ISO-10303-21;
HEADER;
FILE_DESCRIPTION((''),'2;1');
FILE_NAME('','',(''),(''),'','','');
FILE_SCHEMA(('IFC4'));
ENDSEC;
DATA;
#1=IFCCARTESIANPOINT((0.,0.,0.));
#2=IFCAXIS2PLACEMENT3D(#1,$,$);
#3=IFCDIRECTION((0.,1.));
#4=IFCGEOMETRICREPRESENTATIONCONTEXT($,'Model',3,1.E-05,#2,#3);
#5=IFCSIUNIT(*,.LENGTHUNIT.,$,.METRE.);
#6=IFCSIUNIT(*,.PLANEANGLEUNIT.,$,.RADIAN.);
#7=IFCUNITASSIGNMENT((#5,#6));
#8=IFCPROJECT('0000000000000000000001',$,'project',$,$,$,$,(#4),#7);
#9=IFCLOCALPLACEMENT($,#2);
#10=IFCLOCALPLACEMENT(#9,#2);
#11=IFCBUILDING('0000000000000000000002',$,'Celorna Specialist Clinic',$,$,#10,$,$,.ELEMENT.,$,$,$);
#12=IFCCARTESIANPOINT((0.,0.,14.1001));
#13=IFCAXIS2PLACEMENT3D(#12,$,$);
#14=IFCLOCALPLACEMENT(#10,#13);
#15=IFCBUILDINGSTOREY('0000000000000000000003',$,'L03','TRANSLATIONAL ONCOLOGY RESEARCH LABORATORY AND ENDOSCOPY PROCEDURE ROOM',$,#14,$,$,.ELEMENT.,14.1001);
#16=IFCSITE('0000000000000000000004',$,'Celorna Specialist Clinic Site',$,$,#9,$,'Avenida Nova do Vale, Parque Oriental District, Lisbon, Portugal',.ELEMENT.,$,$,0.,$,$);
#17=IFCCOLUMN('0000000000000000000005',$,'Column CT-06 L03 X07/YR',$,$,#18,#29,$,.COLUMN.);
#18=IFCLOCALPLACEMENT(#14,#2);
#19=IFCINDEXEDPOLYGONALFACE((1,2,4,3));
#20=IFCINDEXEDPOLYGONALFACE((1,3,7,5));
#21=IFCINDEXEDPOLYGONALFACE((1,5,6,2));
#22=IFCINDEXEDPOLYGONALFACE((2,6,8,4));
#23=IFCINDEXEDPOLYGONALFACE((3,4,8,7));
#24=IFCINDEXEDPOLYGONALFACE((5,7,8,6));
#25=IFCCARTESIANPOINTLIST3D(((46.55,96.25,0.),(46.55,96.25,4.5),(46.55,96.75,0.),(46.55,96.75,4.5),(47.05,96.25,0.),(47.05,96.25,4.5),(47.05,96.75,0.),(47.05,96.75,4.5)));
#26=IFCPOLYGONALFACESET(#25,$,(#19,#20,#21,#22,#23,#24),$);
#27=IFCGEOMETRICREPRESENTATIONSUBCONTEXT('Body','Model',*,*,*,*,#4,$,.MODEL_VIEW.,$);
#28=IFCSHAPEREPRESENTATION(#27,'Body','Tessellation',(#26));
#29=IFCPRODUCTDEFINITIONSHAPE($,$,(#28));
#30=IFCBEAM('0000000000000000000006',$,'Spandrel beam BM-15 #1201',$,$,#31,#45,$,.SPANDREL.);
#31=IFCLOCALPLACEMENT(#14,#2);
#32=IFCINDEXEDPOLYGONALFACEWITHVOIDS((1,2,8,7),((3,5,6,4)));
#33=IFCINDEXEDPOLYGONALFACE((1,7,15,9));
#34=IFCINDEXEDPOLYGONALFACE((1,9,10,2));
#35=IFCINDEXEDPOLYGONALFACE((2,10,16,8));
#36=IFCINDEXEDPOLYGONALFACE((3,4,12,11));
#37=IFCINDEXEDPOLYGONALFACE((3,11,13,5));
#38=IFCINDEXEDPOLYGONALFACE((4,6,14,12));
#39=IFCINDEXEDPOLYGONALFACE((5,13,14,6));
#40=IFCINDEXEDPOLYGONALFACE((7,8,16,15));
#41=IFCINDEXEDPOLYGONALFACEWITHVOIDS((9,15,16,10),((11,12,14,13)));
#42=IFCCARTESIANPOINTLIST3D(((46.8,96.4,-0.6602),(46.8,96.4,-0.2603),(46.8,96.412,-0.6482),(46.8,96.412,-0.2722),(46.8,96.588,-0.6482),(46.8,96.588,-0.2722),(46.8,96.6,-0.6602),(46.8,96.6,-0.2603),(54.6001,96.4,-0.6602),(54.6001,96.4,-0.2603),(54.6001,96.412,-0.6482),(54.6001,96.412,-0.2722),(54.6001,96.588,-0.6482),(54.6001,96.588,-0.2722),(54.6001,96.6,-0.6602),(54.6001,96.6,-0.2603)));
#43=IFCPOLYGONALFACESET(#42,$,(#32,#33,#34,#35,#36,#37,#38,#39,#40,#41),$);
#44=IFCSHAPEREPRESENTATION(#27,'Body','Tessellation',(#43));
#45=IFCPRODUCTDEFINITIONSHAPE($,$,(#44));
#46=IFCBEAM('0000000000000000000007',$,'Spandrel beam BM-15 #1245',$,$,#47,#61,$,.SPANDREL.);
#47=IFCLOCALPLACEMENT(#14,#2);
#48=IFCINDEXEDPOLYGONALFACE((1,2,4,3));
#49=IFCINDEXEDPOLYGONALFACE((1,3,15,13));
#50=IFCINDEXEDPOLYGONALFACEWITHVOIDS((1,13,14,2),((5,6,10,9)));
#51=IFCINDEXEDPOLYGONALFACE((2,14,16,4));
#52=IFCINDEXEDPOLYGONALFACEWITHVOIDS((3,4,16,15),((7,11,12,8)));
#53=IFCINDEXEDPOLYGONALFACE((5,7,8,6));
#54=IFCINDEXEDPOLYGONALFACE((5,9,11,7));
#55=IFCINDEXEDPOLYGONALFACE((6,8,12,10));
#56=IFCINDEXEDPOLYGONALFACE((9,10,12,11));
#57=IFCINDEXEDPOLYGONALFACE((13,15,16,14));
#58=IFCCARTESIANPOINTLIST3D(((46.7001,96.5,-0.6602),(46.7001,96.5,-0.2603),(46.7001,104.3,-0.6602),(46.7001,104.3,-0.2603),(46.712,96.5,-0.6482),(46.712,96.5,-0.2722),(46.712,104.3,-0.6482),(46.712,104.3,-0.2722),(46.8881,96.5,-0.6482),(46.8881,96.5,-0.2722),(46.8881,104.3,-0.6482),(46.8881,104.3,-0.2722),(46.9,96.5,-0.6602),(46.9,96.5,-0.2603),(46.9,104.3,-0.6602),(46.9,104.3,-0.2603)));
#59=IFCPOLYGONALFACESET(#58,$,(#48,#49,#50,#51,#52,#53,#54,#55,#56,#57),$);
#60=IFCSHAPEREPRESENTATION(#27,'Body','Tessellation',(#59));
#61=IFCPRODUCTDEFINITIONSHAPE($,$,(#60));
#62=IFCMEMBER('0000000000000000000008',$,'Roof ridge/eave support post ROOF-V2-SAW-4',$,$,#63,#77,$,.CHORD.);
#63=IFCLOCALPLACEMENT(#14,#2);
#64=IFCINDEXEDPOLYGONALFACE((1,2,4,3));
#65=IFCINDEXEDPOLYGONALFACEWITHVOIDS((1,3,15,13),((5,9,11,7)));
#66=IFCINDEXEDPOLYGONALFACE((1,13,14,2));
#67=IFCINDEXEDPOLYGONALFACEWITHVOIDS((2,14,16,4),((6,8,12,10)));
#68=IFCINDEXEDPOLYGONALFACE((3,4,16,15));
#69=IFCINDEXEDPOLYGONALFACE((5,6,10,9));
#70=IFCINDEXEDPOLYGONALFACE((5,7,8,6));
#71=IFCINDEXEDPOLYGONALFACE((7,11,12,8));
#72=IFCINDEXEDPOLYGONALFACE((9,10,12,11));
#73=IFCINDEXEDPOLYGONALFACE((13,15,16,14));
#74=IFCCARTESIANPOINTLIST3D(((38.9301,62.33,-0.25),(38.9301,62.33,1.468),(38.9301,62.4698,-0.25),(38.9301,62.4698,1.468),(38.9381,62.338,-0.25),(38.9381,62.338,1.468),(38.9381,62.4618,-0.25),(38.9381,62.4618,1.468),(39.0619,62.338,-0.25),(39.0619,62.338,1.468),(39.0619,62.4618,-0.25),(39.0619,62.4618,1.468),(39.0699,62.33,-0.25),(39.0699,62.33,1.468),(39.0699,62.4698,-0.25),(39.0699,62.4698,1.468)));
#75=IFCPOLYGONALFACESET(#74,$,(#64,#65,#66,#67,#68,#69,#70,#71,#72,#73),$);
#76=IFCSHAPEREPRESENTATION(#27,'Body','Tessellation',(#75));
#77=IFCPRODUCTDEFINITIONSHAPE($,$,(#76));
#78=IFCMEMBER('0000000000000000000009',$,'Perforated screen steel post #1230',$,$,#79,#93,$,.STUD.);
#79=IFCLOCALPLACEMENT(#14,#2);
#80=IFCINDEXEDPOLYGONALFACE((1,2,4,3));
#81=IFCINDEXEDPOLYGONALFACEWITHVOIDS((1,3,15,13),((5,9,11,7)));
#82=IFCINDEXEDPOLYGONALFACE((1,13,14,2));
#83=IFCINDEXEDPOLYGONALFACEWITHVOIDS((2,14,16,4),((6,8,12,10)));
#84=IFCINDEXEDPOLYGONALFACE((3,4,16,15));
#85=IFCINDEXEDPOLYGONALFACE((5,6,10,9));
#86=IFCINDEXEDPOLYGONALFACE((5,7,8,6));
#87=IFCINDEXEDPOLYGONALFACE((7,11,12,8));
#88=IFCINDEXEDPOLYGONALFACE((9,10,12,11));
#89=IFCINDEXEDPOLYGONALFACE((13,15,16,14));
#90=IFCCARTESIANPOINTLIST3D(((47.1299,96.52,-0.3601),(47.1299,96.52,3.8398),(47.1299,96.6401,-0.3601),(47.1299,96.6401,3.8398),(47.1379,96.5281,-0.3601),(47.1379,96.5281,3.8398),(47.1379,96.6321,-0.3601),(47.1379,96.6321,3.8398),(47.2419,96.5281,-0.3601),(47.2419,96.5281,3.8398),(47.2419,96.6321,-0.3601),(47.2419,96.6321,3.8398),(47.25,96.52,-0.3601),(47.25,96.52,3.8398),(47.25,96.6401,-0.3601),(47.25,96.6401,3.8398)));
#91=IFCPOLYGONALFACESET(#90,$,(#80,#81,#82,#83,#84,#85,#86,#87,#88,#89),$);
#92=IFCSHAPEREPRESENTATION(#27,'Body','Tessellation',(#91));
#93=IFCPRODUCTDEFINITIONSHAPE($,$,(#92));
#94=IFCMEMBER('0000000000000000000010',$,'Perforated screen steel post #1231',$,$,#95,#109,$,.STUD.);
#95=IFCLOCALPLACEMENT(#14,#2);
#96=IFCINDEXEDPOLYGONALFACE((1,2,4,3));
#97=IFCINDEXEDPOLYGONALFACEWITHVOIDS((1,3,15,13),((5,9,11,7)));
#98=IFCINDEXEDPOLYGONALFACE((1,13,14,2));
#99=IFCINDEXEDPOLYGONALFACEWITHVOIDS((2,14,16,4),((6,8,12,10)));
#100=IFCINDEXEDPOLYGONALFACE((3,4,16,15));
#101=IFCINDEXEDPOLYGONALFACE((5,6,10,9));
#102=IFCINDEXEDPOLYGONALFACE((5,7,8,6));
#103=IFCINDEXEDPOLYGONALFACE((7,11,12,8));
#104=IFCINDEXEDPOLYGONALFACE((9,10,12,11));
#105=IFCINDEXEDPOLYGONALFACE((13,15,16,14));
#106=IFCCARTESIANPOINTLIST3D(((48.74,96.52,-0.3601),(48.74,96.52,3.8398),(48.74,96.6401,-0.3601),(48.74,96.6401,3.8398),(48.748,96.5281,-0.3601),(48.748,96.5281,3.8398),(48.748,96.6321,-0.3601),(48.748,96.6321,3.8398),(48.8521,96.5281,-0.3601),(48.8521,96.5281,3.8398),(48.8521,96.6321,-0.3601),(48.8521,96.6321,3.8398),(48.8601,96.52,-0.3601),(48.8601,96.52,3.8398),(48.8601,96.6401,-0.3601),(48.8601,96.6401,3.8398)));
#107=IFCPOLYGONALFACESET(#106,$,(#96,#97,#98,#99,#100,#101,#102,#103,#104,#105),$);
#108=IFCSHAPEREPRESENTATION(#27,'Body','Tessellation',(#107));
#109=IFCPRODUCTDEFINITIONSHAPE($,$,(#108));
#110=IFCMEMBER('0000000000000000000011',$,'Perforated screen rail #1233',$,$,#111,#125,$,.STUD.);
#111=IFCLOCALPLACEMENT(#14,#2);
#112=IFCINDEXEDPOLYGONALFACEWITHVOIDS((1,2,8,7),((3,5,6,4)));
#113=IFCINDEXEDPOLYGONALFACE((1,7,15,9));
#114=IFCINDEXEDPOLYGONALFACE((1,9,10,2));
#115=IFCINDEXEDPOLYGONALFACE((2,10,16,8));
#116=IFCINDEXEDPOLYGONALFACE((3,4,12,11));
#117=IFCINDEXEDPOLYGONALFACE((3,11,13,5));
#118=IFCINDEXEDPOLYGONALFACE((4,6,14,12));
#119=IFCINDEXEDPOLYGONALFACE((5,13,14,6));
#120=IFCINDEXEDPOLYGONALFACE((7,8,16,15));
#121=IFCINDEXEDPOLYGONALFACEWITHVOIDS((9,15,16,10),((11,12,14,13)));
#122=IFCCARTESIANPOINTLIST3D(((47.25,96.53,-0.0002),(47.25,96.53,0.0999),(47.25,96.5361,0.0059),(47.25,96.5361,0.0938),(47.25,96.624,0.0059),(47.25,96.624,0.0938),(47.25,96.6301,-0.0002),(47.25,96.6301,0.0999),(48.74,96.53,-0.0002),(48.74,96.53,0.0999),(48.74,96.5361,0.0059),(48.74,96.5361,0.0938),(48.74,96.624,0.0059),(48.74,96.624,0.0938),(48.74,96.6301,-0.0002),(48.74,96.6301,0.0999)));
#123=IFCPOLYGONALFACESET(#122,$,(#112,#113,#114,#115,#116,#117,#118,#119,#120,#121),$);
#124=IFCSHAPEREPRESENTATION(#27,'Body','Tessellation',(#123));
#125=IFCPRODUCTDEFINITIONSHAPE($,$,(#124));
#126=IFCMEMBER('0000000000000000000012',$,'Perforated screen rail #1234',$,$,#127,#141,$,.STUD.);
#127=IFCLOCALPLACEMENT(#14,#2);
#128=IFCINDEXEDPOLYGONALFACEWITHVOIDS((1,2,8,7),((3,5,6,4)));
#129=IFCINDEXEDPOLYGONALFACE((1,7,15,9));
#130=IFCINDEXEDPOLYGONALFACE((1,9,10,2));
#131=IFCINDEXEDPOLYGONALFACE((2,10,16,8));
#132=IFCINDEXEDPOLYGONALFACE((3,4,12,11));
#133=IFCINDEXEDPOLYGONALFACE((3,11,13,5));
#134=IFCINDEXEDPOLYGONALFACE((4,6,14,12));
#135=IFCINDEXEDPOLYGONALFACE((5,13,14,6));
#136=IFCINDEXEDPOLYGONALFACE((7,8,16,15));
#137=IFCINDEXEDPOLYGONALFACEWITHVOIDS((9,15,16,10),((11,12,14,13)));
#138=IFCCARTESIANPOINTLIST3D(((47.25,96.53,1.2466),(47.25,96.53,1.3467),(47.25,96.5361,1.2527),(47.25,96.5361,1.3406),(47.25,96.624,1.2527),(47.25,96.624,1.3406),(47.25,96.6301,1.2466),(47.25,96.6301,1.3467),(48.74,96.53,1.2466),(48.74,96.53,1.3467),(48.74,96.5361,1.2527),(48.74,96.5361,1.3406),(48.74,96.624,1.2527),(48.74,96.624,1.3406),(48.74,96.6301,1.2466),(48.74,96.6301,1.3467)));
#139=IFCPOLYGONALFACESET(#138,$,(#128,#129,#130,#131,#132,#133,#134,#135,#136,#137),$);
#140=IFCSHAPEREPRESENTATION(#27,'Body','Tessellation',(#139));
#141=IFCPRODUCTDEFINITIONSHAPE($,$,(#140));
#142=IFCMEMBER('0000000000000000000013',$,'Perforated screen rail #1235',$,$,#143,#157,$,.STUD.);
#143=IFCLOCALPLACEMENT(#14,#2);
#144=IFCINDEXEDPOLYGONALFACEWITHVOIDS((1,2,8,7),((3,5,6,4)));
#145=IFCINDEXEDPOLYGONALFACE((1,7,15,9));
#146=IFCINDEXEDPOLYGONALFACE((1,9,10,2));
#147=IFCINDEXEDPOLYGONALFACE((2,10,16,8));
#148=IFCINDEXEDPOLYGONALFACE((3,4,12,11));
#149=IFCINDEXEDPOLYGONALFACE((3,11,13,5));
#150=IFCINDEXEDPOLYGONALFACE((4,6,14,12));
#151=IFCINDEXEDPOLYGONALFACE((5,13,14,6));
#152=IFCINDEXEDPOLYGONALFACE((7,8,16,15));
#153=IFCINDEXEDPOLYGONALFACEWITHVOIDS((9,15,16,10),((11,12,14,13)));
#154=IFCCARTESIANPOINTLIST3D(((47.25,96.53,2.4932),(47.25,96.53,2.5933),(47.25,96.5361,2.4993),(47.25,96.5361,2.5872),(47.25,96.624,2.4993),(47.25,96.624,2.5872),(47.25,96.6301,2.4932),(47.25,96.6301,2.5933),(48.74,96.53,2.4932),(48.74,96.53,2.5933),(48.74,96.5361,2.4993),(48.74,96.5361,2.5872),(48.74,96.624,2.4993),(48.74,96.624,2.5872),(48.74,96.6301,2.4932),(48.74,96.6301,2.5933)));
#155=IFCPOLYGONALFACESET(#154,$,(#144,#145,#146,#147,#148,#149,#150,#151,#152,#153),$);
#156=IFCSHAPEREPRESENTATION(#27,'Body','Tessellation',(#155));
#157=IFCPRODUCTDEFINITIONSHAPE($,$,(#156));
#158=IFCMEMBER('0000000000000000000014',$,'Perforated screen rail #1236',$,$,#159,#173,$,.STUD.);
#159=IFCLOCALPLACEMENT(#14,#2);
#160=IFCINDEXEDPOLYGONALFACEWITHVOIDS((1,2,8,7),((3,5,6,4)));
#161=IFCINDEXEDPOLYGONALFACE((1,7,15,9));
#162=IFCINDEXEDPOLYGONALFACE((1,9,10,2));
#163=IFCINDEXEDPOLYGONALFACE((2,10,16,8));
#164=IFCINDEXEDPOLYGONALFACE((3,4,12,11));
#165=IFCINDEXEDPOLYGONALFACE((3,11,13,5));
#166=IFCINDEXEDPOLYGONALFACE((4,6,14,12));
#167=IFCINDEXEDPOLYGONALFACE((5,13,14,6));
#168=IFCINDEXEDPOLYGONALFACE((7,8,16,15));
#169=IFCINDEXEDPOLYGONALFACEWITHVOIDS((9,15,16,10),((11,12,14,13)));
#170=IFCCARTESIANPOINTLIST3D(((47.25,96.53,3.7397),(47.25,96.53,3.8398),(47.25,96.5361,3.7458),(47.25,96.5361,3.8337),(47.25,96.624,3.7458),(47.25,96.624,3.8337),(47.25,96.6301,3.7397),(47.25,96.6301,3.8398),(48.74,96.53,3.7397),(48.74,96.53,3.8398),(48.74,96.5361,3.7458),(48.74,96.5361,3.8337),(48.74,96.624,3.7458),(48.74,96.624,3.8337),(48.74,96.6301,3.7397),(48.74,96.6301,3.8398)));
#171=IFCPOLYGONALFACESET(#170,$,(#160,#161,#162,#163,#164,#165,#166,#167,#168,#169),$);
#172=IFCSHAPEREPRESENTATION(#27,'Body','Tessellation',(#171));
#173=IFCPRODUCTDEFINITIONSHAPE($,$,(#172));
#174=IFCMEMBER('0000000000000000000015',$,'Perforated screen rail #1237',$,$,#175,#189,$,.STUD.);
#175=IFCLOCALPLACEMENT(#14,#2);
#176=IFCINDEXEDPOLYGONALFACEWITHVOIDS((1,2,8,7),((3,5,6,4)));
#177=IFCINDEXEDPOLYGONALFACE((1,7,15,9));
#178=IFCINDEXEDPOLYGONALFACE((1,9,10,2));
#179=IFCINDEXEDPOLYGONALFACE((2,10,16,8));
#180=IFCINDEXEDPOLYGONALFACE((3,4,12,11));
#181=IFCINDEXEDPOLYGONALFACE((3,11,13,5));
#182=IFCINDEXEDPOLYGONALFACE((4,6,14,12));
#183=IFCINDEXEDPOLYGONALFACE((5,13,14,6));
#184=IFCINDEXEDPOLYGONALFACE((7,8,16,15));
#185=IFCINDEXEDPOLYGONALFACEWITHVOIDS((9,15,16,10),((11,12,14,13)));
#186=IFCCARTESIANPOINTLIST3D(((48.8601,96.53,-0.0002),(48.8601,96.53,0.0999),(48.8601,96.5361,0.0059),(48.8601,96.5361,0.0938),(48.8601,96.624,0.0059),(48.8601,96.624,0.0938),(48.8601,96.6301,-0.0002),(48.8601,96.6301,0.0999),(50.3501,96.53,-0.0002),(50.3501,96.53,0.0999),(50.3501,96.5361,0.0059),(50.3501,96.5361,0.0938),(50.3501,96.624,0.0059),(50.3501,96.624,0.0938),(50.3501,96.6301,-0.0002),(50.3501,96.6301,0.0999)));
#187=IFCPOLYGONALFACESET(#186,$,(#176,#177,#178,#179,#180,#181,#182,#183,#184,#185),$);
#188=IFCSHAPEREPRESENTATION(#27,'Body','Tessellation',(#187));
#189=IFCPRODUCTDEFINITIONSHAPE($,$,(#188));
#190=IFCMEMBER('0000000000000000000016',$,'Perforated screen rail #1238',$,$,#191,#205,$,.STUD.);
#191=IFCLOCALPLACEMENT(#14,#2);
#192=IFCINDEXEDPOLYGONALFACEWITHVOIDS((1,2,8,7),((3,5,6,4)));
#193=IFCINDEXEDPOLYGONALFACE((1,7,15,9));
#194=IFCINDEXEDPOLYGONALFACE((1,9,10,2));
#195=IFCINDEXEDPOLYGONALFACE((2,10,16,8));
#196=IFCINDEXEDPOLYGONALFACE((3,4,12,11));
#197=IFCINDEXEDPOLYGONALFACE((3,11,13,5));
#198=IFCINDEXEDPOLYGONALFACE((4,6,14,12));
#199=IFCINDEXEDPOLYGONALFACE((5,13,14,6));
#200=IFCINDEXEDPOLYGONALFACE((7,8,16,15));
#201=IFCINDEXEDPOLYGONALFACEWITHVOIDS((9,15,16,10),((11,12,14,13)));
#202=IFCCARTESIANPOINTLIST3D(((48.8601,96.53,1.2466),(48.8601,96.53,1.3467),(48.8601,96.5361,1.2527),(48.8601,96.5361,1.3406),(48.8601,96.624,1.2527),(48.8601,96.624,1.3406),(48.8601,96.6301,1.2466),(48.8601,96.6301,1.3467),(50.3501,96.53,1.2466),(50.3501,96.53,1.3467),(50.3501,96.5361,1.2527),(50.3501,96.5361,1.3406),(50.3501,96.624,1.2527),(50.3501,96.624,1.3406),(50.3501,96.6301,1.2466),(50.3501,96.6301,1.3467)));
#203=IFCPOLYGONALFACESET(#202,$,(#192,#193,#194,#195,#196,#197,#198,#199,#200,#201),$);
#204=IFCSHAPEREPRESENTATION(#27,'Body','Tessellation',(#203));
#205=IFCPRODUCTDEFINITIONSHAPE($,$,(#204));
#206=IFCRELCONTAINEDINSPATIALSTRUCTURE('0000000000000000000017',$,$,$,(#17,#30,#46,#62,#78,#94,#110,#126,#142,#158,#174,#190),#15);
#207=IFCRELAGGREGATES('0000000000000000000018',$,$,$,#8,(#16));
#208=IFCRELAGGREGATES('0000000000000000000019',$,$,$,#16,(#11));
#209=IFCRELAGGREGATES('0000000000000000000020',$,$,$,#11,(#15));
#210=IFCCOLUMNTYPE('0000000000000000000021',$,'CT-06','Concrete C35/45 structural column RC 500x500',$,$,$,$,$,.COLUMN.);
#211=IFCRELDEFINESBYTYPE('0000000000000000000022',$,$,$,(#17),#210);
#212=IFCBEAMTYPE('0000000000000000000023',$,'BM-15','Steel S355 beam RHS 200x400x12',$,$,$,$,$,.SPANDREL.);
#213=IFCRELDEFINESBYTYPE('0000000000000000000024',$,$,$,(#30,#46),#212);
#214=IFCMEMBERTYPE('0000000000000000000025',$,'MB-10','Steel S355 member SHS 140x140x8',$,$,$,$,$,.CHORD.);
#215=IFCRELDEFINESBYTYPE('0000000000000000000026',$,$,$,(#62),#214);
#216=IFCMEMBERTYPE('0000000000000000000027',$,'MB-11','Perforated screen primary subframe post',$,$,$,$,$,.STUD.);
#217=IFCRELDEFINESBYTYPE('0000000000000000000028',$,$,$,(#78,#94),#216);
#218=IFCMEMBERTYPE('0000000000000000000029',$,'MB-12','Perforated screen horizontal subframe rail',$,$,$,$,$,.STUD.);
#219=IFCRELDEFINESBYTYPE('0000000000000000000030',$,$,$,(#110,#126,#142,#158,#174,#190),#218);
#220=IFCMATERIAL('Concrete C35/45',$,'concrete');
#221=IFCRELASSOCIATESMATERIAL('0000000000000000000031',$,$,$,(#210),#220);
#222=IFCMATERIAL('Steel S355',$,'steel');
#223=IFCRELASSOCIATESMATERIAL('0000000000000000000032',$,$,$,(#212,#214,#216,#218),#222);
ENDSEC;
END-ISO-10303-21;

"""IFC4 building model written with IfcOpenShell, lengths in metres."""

from ifc_helpers import new_model, si_unit, direction, frame, origin, origin_2d, place, context, subcontext, project, spatial, rectangle, hollow_rectangle, extrude, material, material_profile, profile_set, type_object, element, save


model = new_model("IFC4")

# Units and contexts
model_context = context("Model", 3, precision=1e-05, world=origin(), true_north=direction((0.0, 1.0)))
body_context = subcontext(model_context, "Body", "Model", "MODEL_VIEW")
ifc_project = project(units=[si_unit("LENGTHUNIT", "METRE"), si_unit("PLANEANGLEUNIT", "RADIAN")], contexts=[model_context])

# Site, building, storey
site_placement = place(None, origin())
site = spatial("IfcSite", under=ifc_project, at=site_placement, Name="Celorna Specialist Clinic Site", LongName="Avenida Nova do Vale, Parque Oriental District, Lisbon, Portugal", CompositionType="ELEMENT", RefElevation=0.0)
building_placement = place(site_placement, origin())
building = spatial("IfcBuilding", under=site, at=building_placement, Name="Celorna Specialist Clinic", CompositionType="ELEMENT")
storey_placement = place(building_placement, frame((0.0, 0.0, 14.1001)))
storey = spatial("IfcBuildingStorey", under=building, at=storey_placement, Name="L03", Description="TRANSLATIONAL ONCOLOGY RESEARCH LABORATORY AND ENDOSCOPY PROCEDURE ROOM", CompositionType="ELEMENT", Elevation=14.1001)

# Column
ifc_material_1 = material(Name="Concrete C35/45", Category="concrete")
ifc_material_profile_1 = material_profile(ifc_material_1, rectangle(XDim=0.5, YDim=0.5, at=origin_2d()), Name="RC 500x500")
ifc_profile_set_1 = profile_set([ifc_material_profile_1], Name="Concrete C35/45")
column_type = type_object("IfcColumnType", Name="CT-06", Description="Concrete C35/45 structural column RC 500x500", PredefinedType="COLUMN", material=ifc_profile_set_1)
column_placement = place(storey_placement, frame((46.8, 96.5, 0.0), z_axis=(0.0, 0.0, 1.0), x_axis=(1.0, 0.0, 0.0)))
element("IfcColumn", 1, at=column_placement, inside=storey, type_object=column_type, Name="Column CT-06 L03 X07/YR", PredefinedType="COLUMN", context=body_context, shape_type="SweptSolid", body=[
    extrude(rectangle(XDim=0.5, YDim=0.5, at=origin_2d()), origin(), (0.0, 0.0, 1.0), 4.5),
])

# Beams
ifc_material_2 = material(Name="Steel S355", Category="steel")
ifc_material_profile_2 = material_profile(ifc_material_2, hollow_rectangle(XDim=0.2, YDim=0.3999, WallThickness=0.012, at=origin_2d()), Name="RHS 200x400x12")
ifc_profile_set_2 = profile_set([ifc_material_profile_2], Name="Steel S355")
beam_type = type_object("IfcBeamType", Name="BM-15", Description="Steel S355 beam RHS 200x400x12", PredefinedType="SPANDREL", material=ifc_profile_set_2)
for number, where, z_axis, x_axis, name in (
    (2, (46.8, 96.5, -0.4602), (1.0, 0.0, 0.0), (0.0, 1.0, 0.0), "Spandrel beam BM-15 #1201"),
    (3, (46.8, 96.5, -0.4602), (0.0, 1.0, 0.0), (-1.0, 0.0, 0.0), "Spandrel beam BM-15 #1245"),
):
    element("IfcBeam", number, at=place(storey_placement, frame(where, z_axis=z_axis, x_axis=x_axis)), inside=storey, type_object=beam_type, Name=name, PredefinedType="SPANDREL", context=body_context, shape_type="SweptSolid", body=[
        extrude(hollow_rectangle(XDim=0.2, YDim=0.3999, WallThickness=0.012, at=origin_2d()), origin(), (0.0, 0.0, 1.0), 7.8),
    ])

# Members
ifc_material_profile_3 = material_profile(ifc_material_2, hollow_rectangle(XDim=0.1399, YDim=0.1399, WallThickness=0.0081, at=origin_2d()), Name="SHS 140x140x8")
ifc_profile_set_3 = profile_set([ifc_material_profile_3], Name="Steel S355")
member_type_1 = type_object("IfcMemberType", Name="MB-10", Description="Steel S355 member SHS 140x140x8", PredefinedType="CHORD", material=ifc_profile_set_3)
member_placement = place(storey_placement, frame((39.0, 62.3999, -0.25), z_axis=(0.0, 0.0, 1.0), x_axis=(1.0, 0.0, 0.0)))
element("IfcMember", 4, at=member_placement, inside=storey, type_object=member_type_1, Name="Roof ridge/eave support post ROOF-V2-SAW-4", PredefinedType="CHORD", context=body_context, shape_type="SweptSolid", body=[
    extrude(hollow_rectangle(XDim=0.1399, YDim=0.1399, WallThickness=0.0081, at=origin_2d()), origin(), (0.0, 0.0, 1.0), 1.718),
])
ifc_material_profile_4 = material_profile(ifc_material_2, hollow_rectangle(XDim=0.1201, YDim=0.1201, WallThickness=0.0081, at=origin_2d()), Name="SHS 120x120x8")
ifc_profile_set_4 = profile_set([ifc_material_profile_4], Name="Steel S355")
member_type_2 = type_object("IfcMemberType", Name="MB-11", Description="Perforated screen primary subframe post", PredefinedType="STUD", material=ifc_profile_set_4)
for number, where, z_axis, x_axis, name in (
    (5, (47.1899, 96.5801, -0.3601), (0.0, 0.0, 1.0), (1.0, 0.0, 0.0), "Perforated screen steel post #1230"),
    (6, (48.8, 96.5801, -0.3601), (0.0, 0.0, 1.0), (1.0, 0.0, 0.0), "Perforated screen steel post #1231"),
):
    element("IfcMember", number, at=place(storey_placement, frame(where, z_axis=z_axis, x_axis=x_axis)), inside=storey, type_object=member_type_2, Name=name, PredefinedType="STUD", context=body_context, shape_type="SweptSolid", body=[
        extrude(hollow_rectangle(XDim=0.1201, YDim=0.1201, WallThickness=0.0081, at=origin_2d()), origin(), (0.0, 0.0, 1.0), 4.2),
    ])
ifc_material_profile_5 = material_profile(ifc_material_2, hollow_rectangle(XDim=0.1001, YDim=0.1001, WallThickness=0.0061, at=origin_2d()), Name="SHS 100x100x6")
ifc_profile_set_5 = profile_set([ifc_material_profile_5], Name="Steel S355")
member_type_3 = type_object("IfcMemberType", Name="MB-12", Description="Perforated screen horizontal subframe rail", PredefinedType="STUD", material=ifc_profile_set_5)
for number, where, z_axis, x_axis, name in (
    (7, (47.25, 96.5801, 0.0498), (1.0, 0.0, 0.0), (0.0, 1.0, 0.0), "Perforated screen rail #1233"),
    (8, (47.25, 96.5801, 1.2966), (1.0, 0.0, 0.0), (0.0, 1.0, 0.0), "Perforated screen rail #1234"),
    (9, (47.25, 96.5801, 2.5432), (1.0, 0.0, 0.0), (0.0, 1.0, 0.0), "Perforated screen rail #1235"),
    (10, (47.25, 96.5801, 3.7898), (1.0, 0.0, 0.0), (0.0, 1.0, 0.0), "Perforated screen rail #1236"),
    (11, (48.8601, 96.5801, 0.0498), (1.0, 0.0, 0.0), (0.0, 1.0, 0.0), "Perforated screen rail #1237"),
    (12, (48.8601, 96.5801, 1.2966), (1.0, 0.0, 0.0), (0.0, 1.0, 0.0), "Perforated screen rail #1238"),
):
    element("IfcMember", number, at=place(storey_placement, frame(where, z_axis=z_axis, x_axis=x_axis)), inside=storey, type_object=member_type_3, Name=name, PredefinedType="STUD", context=body_context, shape_type="SweptSolid", body=[
        extrude(hollow_rectangle(XDim=0.1001, YDim=0.1001, WallThickness=0.0061, at=origin_2d()), origin(), (0.0, 0.0, 1.0), 1.49),
    ])

save(model, "model.ifc")
